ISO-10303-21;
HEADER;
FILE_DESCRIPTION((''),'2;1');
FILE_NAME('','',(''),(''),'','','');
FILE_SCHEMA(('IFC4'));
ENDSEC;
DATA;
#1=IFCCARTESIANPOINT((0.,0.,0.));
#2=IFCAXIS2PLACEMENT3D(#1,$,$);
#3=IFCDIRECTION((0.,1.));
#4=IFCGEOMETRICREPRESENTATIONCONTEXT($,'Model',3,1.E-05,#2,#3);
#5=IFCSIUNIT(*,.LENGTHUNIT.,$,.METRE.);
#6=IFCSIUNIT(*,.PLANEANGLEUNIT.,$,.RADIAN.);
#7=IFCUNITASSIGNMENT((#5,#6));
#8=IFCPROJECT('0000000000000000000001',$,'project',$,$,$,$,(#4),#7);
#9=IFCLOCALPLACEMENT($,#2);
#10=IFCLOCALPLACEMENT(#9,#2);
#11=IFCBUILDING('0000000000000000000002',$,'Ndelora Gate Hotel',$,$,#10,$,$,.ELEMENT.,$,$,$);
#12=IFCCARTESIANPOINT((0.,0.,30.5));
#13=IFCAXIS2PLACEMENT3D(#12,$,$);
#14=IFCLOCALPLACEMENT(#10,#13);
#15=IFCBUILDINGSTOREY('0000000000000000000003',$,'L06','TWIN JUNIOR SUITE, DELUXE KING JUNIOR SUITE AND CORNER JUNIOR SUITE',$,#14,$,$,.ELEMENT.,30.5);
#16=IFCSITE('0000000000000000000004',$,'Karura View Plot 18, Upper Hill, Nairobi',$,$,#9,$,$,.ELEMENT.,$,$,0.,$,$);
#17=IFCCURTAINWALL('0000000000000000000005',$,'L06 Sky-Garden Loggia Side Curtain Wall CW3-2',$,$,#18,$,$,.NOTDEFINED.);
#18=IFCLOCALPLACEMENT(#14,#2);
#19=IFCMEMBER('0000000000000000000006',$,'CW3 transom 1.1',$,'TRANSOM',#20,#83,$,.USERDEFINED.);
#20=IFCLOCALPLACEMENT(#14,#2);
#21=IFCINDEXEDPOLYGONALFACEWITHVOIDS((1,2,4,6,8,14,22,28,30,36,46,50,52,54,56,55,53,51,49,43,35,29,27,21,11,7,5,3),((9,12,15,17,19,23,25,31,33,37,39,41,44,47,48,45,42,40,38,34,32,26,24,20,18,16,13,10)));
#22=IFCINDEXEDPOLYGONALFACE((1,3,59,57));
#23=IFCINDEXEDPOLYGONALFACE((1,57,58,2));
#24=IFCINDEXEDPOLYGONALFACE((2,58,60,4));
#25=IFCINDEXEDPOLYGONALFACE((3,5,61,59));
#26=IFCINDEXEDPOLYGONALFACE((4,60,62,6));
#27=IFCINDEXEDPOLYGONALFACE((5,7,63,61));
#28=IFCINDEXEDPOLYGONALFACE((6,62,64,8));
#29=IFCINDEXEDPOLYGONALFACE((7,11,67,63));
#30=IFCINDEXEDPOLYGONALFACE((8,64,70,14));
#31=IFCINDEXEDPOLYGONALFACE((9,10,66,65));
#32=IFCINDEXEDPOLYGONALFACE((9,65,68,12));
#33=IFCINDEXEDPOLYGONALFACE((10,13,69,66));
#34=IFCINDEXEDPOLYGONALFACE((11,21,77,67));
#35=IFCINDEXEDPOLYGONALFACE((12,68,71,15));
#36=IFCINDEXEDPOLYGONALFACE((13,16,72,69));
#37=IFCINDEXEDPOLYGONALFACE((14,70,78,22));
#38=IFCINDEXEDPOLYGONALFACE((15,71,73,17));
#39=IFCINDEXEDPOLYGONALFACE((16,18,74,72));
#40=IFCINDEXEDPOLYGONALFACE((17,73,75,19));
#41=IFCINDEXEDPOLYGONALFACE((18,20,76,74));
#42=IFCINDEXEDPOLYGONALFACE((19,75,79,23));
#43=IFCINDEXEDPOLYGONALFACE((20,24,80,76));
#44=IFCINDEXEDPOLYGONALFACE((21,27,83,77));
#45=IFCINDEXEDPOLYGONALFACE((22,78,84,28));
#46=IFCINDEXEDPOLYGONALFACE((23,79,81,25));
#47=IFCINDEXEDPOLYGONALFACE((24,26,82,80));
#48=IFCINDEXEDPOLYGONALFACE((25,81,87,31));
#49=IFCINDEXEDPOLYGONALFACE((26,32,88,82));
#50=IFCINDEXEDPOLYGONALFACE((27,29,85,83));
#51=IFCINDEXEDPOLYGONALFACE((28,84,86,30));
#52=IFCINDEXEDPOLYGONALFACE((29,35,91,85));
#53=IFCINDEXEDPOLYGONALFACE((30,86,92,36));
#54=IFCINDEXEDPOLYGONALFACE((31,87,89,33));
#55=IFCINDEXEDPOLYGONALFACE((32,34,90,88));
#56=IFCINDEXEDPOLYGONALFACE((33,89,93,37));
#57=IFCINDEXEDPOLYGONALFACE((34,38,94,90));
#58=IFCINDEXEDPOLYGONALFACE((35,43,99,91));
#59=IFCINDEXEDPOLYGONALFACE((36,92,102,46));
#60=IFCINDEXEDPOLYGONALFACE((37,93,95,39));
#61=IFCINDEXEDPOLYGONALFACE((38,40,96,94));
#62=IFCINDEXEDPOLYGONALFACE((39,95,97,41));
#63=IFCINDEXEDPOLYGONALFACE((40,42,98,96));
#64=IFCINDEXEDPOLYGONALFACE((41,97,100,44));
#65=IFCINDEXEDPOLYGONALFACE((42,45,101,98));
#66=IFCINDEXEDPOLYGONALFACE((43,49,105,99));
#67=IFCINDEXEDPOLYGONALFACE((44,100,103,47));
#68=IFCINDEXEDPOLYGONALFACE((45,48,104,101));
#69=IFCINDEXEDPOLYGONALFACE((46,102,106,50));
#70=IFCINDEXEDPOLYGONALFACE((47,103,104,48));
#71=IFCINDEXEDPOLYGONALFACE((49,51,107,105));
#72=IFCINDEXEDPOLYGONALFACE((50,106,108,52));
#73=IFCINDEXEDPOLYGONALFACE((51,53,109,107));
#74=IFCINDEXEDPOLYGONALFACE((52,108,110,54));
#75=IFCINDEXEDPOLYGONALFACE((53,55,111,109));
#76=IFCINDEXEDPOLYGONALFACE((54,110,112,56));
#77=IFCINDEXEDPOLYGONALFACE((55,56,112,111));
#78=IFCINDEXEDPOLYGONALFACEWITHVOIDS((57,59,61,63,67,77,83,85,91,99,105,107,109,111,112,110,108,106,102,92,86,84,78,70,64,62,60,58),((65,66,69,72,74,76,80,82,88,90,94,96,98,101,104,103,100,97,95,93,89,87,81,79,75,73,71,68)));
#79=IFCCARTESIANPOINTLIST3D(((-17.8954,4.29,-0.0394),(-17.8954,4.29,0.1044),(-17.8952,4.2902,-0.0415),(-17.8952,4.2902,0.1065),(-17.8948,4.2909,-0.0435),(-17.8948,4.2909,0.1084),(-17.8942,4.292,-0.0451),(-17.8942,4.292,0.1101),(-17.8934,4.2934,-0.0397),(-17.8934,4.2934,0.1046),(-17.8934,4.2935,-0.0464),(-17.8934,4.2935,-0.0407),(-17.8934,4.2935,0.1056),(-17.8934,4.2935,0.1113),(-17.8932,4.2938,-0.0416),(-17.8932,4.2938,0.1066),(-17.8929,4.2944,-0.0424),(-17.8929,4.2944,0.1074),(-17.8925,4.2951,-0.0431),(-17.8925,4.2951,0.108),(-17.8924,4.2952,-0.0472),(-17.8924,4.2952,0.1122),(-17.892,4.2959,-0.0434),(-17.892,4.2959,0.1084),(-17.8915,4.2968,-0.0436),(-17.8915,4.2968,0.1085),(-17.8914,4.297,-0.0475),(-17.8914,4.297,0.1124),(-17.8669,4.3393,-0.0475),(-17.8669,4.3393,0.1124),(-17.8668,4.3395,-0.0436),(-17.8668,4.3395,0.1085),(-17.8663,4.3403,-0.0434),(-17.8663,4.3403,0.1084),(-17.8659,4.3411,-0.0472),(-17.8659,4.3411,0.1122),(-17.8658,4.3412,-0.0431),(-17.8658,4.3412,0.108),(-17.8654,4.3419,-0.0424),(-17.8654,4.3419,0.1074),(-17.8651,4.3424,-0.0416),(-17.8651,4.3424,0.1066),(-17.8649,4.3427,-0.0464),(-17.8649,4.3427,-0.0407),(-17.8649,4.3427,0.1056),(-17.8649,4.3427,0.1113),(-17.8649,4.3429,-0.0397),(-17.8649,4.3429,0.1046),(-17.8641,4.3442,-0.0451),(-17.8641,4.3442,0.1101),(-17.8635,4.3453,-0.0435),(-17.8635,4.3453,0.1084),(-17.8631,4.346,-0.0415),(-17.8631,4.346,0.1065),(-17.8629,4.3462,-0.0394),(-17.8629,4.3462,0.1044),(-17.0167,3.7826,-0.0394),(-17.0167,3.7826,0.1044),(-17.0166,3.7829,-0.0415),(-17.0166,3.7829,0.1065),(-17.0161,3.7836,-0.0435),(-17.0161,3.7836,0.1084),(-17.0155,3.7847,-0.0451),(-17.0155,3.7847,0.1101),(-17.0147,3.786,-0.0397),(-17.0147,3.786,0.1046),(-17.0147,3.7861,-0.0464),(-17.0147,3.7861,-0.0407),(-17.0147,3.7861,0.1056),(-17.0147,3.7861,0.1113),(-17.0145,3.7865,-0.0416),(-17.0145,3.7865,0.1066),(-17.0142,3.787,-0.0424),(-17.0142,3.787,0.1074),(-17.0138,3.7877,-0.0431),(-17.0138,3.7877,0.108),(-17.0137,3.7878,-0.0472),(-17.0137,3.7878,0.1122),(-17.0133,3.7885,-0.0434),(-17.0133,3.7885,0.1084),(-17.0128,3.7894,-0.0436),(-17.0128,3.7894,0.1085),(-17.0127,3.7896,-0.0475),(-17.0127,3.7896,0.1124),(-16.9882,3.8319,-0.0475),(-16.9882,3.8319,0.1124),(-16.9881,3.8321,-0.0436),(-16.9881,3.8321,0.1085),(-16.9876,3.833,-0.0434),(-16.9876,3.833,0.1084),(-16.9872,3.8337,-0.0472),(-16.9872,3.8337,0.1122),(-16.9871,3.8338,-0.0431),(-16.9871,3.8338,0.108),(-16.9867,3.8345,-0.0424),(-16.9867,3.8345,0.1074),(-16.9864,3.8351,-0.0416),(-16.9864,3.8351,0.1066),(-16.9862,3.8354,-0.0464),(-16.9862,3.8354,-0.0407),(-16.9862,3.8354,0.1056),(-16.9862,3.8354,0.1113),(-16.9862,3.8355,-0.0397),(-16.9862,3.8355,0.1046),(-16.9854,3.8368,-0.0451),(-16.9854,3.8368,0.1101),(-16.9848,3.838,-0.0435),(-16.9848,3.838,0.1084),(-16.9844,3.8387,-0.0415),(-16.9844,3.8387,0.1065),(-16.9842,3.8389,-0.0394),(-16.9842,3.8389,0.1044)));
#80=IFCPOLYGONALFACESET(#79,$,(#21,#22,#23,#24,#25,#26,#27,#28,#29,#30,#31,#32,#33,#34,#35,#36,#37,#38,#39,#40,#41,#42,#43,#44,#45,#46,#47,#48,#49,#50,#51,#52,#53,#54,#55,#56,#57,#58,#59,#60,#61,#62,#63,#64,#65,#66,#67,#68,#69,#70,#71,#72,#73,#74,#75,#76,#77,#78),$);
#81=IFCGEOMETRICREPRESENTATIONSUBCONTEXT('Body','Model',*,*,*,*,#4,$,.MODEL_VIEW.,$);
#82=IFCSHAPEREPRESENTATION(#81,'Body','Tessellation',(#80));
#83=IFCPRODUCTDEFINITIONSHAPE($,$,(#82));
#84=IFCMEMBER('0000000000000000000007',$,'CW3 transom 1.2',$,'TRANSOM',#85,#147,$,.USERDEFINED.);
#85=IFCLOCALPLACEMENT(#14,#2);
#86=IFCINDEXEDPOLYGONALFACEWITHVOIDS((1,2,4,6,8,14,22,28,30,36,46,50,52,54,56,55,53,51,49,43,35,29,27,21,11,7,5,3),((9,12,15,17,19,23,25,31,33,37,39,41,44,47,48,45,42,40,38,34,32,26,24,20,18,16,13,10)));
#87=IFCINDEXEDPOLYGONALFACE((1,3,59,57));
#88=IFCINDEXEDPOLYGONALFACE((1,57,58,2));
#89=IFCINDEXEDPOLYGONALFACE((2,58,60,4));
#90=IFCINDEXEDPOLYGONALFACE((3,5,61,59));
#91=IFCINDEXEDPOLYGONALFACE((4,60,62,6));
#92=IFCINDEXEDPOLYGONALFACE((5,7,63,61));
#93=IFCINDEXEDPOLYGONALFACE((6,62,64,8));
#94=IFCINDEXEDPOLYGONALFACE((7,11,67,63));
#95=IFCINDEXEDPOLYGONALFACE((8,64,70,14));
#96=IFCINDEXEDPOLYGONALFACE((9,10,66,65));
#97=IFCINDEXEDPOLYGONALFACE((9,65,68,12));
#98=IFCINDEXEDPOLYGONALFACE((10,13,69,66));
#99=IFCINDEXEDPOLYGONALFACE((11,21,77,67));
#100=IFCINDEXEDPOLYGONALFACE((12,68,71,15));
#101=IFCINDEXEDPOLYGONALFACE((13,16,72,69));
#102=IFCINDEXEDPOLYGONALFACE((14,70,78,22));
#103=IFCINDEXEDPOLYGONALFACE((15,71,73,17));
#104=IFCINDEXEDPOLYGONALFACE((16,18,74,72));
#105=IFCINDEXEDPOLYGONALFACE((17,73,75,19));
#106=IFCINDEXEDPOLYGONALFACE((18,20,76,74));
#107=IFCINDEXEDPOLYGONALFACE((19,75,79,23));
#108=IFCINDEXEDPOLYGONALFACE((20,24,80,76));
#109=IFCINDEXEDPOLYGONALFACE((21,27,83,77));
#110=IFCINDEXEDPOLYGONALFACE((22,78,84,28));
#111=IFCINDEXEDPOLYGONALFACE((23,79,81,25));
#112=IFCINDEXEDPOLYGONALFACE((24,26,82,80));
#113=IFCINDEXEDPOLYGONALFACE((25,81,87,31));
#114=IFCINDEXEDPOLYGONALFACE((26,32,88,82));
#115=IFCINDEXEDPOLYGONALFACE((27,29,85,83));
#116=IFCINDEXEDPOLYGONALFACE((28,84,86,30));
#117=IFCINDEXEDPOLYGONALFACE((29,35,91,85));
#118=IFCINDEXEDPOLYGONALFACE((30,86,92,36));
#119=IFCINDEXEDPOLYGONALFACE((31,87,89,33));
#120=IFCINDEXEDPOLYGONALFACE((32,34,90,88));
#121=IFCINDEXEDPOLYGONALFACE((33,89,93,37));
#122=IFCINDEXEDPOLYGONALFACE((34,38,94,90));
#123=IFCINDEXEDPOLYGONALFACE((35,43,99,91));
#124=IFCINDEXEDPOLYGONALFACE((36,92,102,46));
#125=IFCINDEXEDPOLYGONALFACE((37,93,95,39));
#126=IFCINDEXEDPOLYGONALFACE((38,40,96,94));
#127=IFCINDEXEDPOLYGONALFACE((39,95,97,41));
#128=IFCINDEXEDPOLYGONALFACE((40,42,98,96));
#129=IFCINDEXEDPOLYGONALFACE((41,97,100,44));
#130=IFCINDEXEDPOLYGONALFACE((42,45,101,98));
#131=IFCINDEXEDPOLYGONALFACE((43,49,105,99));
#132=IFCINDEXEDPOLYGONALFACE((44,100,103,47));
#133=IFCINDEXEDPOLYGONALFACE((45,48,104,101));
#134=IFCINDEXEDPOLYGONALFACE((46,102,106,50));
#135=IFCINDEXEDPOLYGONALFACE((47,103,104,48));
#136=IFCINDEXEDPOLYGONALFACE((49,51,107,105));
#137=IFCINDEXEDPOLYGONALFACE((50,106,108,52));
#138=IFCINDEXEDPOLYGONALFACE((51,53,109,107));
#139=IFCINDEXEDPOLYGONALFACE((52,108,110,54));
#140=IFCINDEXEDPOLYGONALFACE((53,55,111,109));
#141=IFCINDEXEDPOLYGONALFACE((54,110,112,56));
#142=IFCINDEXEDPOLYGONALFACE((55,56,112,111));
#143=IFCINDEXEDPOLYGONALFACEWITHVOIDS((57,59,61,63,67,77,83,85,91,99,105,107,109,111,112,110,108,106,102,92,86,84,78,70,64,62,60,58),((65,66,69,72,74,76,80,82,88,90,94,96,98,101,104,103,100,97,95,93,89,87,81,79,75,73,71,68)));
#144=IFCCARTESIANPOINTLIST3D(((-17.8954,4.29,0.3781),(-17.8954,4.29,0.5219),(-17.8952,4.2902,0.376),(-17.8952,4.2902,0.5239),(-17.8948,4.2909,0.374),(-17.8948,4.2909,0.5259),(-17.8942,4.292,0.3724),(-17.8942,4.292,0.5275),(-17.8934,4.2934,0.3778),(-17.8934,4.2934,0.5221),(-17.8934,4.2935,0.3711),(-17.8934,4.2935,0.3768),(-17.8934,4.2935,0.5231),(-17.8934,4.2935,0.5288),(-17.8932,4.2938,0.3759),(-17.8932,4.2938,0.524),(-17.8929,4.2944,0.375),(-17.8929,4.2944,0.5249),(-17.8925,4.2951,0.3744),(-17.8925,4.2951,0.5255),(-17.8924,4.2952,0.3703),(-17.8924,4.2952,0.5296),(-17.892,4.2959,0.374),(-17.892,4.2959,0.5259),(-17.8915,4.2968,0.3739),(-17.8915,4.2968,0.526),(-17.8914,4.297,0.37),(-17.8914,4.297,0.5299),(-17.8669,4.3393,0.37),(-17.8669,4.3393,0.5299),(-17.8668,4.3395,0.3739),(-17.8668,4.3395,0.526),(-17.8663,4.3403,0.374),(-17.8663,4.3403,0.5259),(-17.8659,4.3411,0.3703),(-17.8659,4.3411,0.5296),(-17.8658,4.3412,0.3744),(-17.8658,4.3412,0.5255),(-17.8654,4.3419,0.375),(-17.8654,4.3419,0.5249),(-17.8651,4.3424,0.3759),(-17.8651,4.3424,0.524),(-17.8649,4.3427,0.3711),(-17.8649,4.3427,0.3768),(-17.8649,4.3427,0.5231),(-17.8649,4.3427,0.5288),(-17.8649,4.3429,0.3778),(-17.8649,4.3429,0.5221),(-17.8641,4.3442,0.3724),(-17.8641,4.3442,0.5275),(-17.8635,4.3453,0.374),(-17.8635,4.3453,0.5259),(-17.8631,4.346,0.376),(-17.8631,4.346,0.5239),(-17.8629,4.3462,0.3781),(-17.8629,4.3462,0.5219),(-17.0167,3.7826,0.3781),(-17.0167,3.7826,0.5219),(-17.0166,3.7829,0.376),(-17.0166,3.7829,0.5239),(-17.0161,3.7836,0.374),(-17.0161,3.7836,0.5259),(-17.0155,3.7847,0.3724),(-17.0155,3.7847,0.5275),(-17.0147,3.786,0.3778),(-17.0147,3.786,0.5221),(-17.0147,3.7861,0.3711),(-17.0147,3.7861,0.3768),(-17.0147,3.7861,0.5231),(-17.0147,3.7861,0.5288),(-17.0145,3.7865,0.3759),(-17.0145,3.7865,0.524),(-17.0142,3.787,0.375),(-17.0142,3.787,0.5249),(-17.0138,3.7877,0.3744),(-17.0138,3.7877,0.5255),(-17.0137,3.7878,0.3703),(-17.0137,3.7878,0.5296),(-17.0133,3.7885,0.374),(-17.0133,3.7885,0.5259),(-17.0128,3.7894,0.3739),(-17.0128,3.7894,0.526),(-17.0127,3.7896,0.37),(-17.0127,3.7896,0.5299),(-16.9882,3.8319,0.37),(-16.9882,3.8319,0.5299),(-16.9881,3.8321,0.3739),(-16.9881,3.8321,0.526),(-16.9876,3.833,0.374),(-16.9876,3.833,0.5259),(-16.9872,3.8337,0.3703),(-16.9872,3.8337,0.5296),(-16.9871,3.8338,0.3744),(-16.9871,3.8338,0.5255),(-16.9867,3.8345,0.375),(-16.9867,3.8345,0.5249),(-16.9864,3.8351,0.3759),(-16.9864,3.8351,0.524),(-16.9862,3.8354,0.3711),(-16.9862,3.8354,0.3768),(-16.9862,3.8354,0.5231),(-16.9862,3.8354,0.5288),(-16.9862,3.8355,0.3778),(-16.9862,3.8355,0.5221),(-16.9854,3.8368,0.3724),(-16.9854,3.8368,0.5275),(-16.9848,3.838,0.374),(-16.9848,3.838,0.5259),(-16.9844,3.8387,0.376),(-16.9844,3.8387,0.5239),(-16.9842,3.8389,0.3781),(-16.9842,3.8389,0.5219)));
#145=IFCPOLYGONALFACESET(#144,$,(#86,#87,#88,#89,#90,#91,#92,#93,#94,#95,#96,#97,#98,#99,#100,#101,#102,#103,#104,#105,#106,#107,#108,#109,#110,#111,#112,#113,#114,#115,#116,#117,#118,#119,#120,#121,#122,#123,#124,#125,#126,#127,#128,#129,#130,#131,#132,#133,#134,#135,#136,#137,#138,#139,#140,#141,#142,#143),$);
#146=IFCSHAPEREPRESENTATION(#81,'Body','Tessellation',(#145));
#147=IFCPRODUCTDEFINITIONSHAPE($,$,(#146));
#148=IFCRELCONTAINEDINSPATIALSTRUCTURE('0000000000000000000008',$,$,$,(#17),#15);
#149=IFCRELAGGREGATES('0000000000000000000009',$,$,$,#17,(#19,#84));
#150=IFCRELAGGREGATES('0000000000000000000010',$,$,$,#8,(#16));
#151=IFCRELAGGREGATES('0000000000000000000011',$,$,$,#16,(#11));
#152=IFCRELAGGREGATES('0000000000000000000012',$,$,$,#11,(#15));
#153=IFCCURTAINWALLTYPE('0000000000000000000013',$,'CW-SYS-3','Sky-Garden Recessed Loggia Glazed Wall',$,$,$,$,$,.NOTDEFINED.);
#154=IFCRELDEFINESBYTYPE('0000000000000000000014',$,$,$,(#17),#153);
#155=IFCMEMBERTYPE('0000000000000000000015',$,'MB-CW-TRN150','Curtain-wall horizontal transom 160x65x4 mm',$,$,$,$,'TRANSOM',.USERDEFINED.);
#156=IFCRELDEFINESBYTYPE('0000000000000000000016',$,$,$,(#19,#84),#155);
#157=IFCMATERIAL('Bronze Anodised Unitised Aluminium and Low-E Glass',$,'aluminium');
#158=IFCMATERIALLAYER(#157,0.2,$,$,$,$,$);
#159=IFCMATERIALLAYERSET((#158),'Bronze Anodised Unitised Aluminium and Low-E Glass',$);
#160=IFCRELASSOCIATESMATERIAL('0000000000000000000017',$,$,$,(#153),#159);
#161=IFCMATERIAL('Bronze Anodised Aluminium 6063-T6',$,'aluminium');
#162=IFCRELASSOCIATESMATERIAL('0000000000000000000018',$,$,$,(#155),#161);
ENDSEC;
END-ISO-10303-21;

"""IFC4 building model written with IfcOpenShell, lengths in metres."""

from ifc_helpers import new_model, si_unit, direction, frame, origin, origin_2d, place, context, subcontext, project, spatial, hollow_rectangle, extrude, material, layer, layer_set, material_profile, profile_set, type_object, element, aggregate, save


model = new_model("IFC4")

# Units and contexts
model_context = context("Model", 3, precision=1e-05, world=origin(), true_north=direction((0.0, 1.0)))
body_context = subcontext(model_context, "Body", "Model", "MODEL_VIEW")
ifc_project = project(units=[si_unit("LENGTHUNIT", "METRE"), si_unit("PLANEANGLEUNIT", "RADIAN")], contexts=[model_context])

# Site, building, storey
site_placement = place(None, origin())
site = spatial("IfcSite", under=ifc_project, at=site_placement, Name="Karura View Plot 18, Upper Hill, Nairobi", CompositionType="ELEMENT", RefElevation=0.0)
building_placement = place(site_placement, origin())
building = spatial("IfcBuilding", under=site, at=building_placement, Name="Ndelora Gate Hotel", CompositionType="ELEMENT")
storey_placement = place(building_placement, frame((0.0, 0.0, 30.5)))
storey = spatial("IfcBuildingStorey", under=building, at=storey_placement, Name="L06", Description="TWIN JUNIOR SUITE, DELUXE KING JUNIOR SUITE AND CORNER JUNIOR SUITE", CompositionType="ELEMENT", Elevation=30.5)

# Curtain wall, members
ifc_material_1 = material(Name="Bronze Anodised Unitised Aluminium and Low-E Glass", Category="aluminium")
ifc_layer_1 = layer(ifc_material_1, 0.2)
ifc_layer_set_1 = layer_set([ifc_layer_1], Name="Bronze Anodised Unitised Aluminium and Low-E Glass")
curtain_wall_type = type_object("IfcCurtainWallType", Name="CW-SYS-3", Description="Sky-Garden Recessed Loggia Glazed Wall", PredefinedType="NOTDEFINED", material=ifc_layer_set_1)
curtain_wall_placement = place(storey_placement, origin())
curtain_wall = element("IfcCurtainWall", 1, at=curtain_wall_placement, inside=storey, type_object=curtain_wall_type, Name="L06 Sky-Garden Loggia Side Curtain Wall CW3-2", PredefinedType="NOTDEFINED")
ifc_material_2 = material(Name="Bronze Anodised Aluminium 6063-T6", Category="aluminium")
ifc_material_profile_1 = material_profile(ifc_material_2, hollow_rectangle(XDim=0.0649, YDim=0.1599, WallThickness=0.0039, InnerFilletRadius=0.0039, OuterFilletRadius=0.0081, at=origin_2d()), Name="ALU 160x65x4")
ifc_profile_set_1 = profile_set([ifc_material_profile_1], Name="Bronze Anodised Aluminium 6063-T6")
member_type_1 = type_object("IfcMemberType", Name="MB-CW-TRN150", Description="Curtain-wall horizontal transom 160x65x4 mm", ElementType="TRANSOM", PredefinedType="USERDEFINED", material=ifc_profile_set_1)
member_1_placement = place(storey_placement, frame((-17.8792, 4.3181, 0.0325), z_axis=(0.866013, -0.500021, 0.0), x_axis=(0.500021, 0.866013, 0.0)))
member_1 = element("IfcMember", 2, at=member_1_placement, type_object=member_type_1, Name="CW3 transom 1.1", ObjectType="TRANSOM", PredefinedType="USERDEFINED", context=body_context, shape_type="SweptSolid", body=[
    extrude(hollow_rectangle(XDim=0.0649, YDim=0.1599, WallThickness=0.0039, InnerFilletRadius=0.0039, OuterFilletRadius=0.0081, at=origin_2d()), origin(), (0.0, 0.0, 1.0), 1.0146),
])
member_2_placement = place(storey_placement, frame((-17.8792, 4.3181, 0.45), z_axis=(0.866013, -0.500021, 0.0), x_axis=(0.500021, 0.866013, 0.0)))
member_2 = element("IfcMember", 3, at=member_2_placement, type_object=member_type_1, Name="CW3 transom 1.2", ObjectType="TRANSOM", PredefinedType="USERDEFINED", context=body_context, shape_type="SweptSolid", body=[
    extrude(hollow_rectangle(XDim=0.0649, YDim=0.1599, WallThickness=0.0039, InnerFilletRadius=0.0039, OuterFilletRadius=0.0081, at=origin_2d()), origin(), (0.0, 0.0, 1.0), 1.0146),
])
aggregate(curtain_wall, [member_1, member_2])

save(model, "model.ifc")
